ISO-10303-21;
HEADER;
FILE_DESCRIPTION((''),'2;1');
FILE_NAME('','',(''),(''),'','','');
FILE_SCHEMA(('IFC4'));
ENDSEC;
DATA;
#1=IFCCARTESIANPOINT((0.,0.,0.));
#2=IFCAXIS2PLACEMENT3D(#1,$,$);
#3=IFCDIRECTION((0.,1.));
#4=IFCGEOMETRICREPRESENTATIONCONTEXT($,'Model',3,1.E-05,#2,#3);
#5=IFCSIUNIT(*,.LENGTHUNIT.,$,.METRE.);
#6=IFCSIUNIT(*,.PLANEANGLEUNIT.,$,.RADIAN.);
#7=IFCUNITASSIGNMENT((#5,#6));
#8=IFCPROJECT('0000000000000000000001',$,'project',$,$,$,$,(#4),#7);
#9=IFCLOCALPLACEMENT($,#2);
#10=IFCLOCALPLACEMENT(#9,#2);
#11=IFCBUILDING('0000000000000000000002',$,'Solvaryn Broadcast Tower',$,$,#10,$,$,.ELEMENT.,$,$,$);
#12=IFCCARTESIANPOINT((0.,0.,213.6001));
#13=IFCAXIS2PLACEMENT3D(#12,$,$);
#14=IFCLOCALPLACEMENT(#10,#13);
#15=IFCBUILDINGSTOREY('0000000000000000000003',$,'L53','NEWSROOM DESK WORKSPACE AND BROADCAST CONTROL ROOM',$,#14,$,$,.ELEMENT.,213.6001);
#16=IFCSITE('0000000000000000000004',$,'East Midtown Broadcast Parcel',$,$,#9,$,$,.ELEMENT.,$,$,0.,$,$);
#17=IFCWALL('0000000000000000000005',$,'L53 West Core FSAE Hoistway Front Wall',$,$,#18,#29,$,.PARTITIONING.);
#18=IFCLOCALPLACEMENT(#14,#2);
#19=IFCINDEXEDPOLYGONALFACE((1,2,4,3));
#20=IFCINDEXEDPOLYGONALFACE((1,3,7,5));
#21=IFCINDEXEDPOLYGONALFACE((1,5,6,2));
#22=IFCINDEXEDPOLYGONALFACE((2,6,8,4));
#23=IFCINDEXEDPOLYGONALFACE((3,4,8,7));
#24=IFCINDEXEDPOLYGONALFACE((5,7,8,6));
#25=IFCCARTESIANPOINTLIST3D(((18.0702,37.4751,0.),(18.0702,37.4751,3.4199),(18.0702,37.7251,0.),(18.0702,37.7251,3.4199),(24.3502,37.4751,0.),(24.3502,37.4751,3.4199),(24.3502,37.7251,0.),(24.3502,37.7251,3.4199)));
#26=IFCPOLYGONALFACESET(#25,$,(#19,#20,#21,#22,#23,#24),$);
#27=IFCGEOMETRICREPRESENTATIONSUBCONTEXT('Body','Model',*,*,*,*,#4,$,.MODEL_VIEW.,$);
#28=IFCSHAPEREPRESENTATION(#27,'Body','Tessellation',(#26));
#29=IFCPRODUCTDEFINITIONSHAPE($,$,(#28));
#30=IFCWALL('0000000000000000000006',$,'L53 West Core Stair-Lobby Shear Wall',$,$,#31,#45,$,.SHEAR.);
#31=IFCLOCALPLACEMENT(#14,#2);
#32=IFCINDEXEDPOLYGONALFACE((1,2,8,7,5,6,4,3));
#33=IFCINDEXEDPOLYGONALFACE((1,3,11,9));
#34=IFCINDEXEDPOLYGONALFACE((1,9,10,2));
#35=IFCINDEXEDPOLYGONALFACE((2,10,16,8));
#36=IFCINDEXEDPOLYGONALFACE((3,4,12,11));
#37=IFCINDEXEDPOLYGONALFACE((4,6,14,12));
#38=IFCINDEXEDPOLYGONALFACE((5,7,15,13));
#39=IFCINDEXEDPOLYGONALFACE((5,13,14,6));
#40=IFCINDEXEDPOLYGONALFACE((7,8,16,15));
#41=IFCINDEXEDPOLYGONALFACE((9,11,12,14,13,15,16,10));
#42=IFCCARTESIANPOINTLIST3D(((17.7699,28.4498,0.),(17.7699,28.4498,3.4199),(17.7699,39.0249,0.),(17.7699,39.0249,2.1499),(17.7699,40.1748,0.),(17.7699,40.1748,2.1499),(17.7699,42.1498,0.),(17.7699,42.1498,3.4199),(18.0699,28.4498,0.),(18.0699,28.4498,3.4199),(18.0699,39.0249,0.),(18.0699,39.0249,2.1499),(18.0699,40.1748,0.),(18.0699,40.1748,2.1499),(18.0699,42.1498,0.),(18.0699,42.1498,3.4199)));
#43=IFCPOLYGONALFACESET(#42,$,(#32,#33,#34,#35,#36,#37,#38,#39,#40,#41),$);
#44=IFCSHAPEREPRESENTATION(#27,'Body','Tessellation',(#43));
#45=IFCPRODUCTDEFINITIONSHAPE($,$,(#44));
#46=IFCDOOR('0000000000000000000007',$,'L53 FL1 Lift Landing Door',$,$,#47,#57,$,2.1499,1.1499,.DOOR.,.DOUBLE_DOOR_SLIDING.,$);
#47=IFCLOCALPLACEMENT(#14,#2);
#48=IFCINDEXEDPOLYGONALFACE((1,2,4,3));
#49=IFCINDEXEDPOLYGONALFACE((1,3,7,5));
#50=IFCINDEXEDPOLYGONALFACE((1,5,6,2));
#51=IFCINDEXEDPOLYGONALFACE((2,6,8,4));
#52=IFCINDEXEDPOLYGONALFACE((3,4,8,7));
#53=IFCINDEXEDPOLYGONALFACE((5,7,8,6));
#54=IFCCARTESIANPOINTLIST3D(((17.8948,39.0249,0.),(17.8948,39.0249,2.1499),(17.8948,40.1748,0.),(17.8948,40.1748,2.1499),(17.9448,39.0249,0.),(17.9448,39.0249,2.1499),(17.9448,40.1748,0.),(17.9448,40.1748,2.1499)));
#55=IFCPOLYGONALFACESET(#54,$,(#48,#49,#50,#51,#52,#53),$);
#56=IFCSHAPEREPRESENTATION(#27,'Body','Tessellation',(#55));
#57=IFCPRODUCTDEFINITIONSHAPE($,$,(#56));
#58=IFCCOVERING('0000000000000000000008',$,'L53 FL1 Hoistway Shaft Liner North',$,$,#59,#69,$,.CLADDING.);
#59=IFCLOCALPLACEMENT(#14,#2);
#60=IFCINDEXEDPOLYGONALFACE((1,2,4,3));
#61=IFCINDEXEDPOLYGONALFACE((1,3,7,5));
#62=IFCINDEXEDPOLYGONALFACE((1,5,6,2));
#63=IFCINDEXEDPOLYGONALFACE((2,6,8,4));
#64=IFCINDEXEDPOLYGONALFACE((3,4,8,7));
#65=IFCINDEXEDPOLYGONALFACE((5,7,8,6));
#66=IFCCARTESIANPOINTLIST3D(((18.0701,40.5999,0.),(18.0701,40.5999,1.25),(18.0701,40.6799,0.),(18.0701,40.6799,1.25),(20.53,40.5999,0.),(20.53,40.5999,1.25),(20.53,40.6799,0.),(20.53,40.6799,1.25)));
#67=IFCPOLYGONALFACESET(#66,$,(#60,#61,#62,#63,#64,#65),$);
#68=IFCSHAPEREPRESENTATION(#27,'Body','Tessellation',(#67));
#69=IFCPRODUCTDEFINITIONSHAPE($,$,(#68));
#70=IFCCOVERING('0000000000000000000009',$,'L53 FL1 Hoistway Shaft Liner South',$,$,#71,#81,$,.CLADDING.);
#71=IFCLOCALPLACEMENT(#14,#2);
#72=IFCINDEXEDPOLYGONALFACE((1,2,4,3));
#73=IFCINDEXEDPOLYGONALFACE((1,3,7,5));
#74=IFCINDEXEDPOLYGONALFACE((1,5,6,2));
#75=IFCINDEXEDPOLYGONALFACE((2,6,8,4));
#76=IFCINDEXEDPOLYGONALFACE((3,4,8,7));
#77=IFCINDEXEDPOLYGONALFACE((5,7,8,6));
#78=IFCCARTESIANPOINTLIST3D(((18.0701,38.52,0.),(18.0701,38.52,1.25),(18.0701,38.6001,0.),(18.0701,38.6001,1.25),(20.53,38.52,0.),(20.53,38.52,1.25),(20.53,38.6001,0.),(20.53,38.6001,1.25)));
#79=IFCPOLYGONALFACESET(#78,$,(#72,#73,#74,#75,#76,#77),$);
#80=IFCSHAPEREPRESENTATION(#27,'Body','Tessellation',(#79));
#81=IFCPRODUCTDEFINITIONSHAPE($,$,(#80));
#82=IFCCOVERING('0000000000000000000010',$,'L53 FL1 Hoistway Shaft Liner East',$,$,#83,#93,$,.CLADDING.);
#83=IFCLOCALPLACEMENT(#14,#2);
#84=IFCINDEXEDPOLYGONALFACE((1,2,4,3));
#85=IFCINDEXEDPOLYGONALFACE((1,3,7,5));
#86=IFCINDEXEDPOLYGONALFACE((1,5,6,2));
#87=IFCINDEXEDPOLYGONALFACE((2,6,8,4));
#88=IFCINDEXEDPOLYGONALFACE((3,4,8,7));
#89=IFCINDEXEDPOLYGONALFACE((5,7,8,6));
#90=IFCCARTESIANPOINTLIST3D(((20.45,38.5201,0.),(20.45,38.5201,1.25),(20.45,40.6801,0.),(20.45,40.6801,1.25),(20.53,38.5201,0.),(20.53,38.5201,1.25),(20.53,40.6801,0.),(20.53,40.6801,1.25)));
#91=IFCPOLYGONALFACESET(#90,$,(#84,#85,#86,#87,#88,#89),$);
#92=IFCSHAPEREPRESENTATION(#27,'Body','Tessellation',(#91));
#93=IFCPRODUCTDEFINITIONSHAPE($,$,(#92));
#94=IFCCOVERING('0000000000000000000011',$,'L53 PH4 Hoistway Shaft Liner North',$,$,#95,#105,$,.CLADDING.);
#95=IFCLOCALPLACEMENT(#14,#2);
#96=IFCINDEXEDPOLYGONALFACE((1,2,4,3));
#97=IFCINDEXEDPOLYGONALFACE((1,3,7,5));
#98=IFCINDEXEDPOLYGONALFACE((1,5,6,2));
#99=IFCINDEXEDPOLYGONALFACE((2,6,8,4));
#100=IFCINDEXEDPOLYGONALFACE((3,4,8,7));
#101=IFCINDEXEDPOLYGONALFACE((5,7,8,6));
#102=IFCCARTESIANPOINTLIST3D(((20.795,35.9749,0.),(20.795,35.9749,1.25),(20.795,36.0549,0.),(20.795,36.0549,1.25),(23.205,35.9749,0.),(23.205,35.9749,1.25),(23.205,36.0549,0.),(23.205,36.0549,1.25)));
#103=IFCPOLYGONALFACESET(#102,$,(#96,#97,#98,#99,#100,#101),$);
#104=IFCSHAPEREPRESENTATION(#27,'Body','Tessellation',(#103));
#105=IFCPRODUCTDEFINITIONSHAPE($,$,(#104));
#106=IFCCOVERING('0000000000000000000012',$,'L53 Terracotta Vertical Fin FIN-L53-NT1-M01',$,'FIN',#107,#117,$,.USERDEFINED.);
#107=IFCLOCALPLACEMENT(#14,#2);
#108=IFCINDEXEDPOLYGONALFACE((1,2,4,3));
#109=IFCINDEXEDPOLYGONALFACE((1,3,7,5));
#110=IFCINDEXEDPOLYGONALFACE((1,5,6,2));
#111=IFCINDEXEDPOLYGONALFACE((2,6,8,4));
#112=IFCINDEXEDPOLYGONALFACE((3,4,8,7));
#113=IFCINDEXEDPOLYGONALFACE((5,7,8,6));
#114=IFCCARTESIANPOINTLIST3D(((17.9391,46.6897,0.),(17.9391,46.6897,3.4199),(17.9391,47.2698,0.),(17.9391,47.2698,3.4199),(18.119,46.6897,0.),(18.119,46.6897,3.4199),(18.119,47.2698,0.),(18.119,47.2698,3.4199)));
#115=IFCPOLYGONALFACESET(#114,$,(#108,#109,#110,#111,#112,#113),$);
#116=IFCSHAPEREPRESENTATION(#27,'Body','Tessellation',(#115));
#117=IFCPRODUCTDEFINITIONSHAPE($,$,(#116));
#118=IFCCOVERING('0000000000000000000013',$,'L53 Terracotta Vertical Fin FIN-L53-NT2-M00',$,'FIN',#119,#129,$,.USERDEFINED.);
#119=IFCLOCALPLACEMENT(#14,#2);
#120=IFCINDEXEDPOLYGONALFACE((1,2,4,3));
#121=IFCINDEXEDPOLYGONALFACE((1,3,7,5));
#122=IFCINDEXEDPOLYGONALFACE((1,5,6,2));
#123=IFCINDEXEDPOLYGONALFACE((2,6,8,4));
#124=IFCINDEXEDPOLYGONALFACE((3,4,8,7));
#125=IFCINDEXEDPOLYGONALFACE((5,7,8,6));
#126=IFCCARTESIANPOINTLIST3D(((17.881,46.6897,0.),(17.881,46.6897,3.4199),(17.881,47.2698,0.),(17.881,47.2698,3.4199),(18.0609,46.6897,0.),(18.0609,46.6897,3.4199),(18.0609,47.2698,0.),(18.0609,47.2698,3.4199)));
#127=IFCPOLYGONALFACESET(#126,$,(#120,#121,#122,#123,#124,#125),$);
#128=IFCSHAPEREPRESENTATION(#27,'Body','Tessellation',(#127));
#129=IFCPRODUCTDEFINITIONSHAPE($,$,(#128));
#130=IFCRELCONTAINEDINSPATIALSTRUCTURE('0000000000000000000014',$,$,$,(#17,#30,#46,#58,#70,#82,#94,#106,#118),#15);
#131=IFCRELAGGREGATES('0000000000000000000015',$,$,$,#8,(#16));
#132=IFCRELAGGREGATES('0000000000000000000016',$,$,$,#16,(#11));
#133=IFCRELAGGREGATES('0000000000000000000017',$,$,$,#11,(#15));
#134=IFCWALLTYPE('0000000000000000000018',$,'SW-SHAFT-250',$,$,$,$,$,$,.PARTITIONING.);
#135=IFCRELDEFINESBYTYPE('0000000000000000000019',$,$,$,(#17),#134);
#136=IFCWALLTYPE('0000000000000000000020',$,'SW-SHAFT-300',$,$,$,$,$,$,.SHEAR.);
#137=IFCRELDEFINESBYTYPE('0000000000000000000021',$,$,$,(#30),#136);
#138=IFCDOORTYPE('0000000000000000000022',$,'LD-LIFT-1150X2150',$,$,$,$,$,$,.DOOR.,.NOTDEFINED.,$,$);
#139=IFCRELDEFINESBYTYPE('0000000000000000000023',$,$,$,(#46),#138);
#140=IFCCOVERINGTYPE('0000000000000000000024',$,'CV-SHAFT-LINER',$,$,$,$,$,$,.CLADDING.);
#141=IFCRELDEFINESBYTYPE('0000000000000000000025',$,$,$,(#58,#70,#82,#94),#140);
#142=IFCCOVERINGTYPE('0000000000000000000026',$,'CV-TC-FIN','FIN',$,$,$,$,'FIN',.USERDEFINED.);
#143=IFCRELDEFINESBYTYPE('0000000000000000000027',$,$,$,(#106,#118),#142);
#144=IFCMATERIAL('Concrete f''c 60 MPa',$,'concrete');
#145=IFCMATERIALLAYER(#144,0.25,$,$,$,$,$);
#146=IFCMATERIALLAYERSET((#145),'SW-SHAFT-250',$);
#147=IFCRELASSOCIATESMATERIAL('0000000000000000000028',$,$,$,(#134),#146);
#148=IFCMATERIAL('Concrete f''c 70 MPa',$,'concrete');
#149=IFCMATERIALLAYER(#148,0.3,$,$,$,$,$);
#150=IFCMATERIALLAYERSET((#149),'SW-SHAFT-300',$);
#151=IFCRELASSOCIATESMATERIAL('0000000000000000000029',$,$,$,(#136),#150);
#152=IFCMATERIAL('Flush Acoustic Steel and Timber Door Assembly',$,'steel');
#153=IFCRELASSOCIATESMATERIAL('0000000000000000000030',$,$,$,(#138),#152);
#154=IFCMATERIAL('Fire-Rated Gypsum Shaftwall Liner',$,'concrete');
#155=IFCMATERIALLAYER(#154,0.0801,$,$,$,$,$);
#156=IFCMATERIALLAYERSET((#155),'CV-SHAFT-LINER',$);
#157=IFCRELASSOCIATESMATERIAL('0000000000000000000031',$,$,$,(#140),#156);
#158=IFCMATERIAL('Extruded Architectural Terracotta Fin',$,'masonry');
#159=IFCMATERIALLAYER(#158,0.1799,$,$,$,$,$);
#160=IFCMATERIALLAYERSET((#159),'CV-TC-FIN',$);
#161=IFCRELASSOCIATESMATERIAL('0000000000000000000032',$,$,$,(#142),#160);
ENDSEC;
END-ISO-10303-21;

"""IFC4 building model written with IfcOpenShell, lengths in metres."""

from ifc_helpers import new_model, si_unit, direction, frame, frame_2d, origin, origin_2d, place, context, subcontext, project, spatial, rectangle, extrude, material, layer, layer_set, type_object, element, fill, save


model = new_model("IFC4")

# Units and contexts
model_context = context("Model", 3, precision=1e-05, world=origin(), true_north=direction((0.0, 1.0)))
body_context = subcontext(model_context, "Body", "Model", "MODEL_VIEW")
ifc_project = project(units=[si_unit("LENGTHUNIT", "METRE"), si_unit("PLANEANGLEUNIT", "RADIAN")], contexts=[model_context])

# Site, building, storey
site_placement = place(None, origin())
site = spatial("IfcSite", under=ifc_project, at=site_placement, Name="East Midtown Broadcast Parcel", CompositionType="ELEMENT", RefElevation=0.0)
building_placement = place(site_placement, origin())
building = spatial("IfcBuilding", under=site, at=building_placement, Name="Solvaryn Broadcast Tower", CompositionType="ELEMENT")
storey_placement = place(building_placement, frame((0.0, 0.0, 213.6001)))
storey = spatial("IfcBuildingStorey", under=building, at=storey_placement, Name="L53", Description="NEWSROOM DESK WORKSPACE AND BROADCAST CONTROL ROOM", CompositionType="ELEMENT", Elevation=213.6001)

# Wall
ifc_material_1 = material(Name="Concrete f'c 60 MPa", Category="concrete")
ifc_layer_1 = layer(ifc_material_1, 0.25)
ifc_layer_set_1 = layer_set([ifc_layer_1], Name="SW-SHAFT-250")
wall_type_1 = type_object("IfcWallType", Name="SW-SHAFT-250", PredefinedType="PARTITIONING", material=ifc_layer_set_1)
wall_1_placement = place(storey_placement, frame((18.0701, 37.6001, 0.0), z_axis=(0.0, 0.0, 1.0), x_axis=(1.0, 0.0, 0.0)))
element("IfcWall", 1, at=wall_1_placement, inside=storey, type_object=wall_type_1, Name="L53 West Core FSAE Hoistway Front Wall", PredefinedType="PARTITIONING", context=body_context, shape_type="SweptSolid", body=[
    extrude(rectangle(XDim=6.28, YDim=0.25, at=frame_2d((3.1401, 0.0))), origin(), (0.0, 0.0, 1.0), 3.4199),
])

# Wall, opening, door
ifc_material_2 = material(Name="Concrete f'c 70 MPa", Category="concrete")
ifc_layer_2 = layer(ifc_material_2, 0.3)
ifc_layer_set_2 = layer_set([ifc_layer_2], Name="SW-SHAFT-300")
wall_type_2 = type_object("IfcWallType", Name="SW-SHAFT-300", PredefinedType="SHEAR", material=ifc_layer_set_2)
wall_2_placement = place(storey_placement, frame((17.9199, 42.1499, 0.0), z_axis=(0.0, 0.0, 1.0), x_axis=(0.0, -1.0, 0.0)))
wall_2 = element("IfcWall", 2, at=wall_2_placement, inside=storey, type_object=wall_type_2, Name="L53 West Core Stair-Lobby Shear Wall", PredefinedType="SHEAR", context=body_context, shape_type="SweptSolid", body=[
    extrude(rectangle(XDim=13.7, YDim=0.3, at=frame_2d((6.8501, 0.0))), origin(), (0.0, 0.0, 1.0), 3.4199),
])
opening_1_placement = place(wall_2_placement, frame((1.9751, 0.0, 0.0)))
opening_1 = element("IfcOpeningElement", 3, at=opening_1_placement, cuts=wall_2, PredefinedType="OPENING", context=body_context, shape_type="SweptSolid", body=[
    extrude(rectangle(XDim=1.1499, YDim=2.1499, at=frame_2d((0.575, 1.075))), frame((0.0, 0.1599, 0.0), z_axis=(0.0, -1.0, 0.0), x_axis=(1.0, 0.0, 0.0)), (0.0, 0.0, 1.0), 0.3201),
])
ifc_material_3 = material(Name="Flush Acoustic Steel and Timber Door Assembly", Category="steel")
door_type_1 = type_object("IfcDoorType", Name="LD-LIFT-1150X2150", OperationType="NOTDEFINED", PredefinedType="DOOR", material=ifc_material_3)
door_1_placement = place(opening_1_placement, origin())
door_1 = element("IfcDoor", 4, at=door_1_placement, inside=storey, type_object=door_type_1, Name="L53 FL1 Lift Landing Door", OperationType="DOUBLE_DOOR_SLIDING", OverallHeight=2.1499, OverallWidth=1.1499, PredefinedType="DOOR", context=body_context, shape_type="SweptSolid", body=[
    extrude(rectangle(XDim=1.1499, YDim=2.1499, at=frame_2d((0.575, 1.075))), frame((0.0, 0.0249, 0.0), z_axis=(0.0, -1.0, 0.0), x_axis=(1.0, 0.0, 0.0)), (0.0, 0.0, 1.0), 0.05),
])
fill(opening_1, door_1)

# Coverings
ifc_material_4 = material(Name="Fire-Rated Gypsum Shaftwall Liner", Category="concrete")
ifc_layer_3 = layer(ifc_material_4, 0.0801)
ifc_layer_set_3 = layer_set([ifc_layer_3], Name="CV-SHAFT-LINER")
covering_type_1 = type_object("IfcCoveringType", Name="CV-SHAFT-LINER", PredefinedType="CLADDING", material=ifc_layer_set_3)
for number, where, z_axis, x_axis, name in (
    (5, (19.3, 40.6399, 0.0), (0.0, 0.0, 1.0), (1.0, 0.0, 0.0), "L53 FL1 Hoistway Shaft Liner North"),
    (6, (19.3, 38.5601, 0.0), (0.0, 0.0, 1.0), (1.0, 0.0, 0.0), "L53 FL1 Hoistway Shaft Liner South"),
):
    element("IfcCovering", number, at=place(storey_placement, frame(where, z_axis=z_axis, x_axis=x_axis)), inside=storey, type_object=covering_type_1, Name=name, PredefinedType="CLADDING", context=body_context, shape_type="SweptSolid", body=[
        extrude(rectangle(XDim=2.46, YDim=0.0801, at=origin_2d()), origin(), (0.0, 0.0, 1.0), 1.25),
    ])
covering_1_placement = place(storey_placement, frame((20.49, 39.6001, 0.0), z_axis=(0.0, 0.0, 1.0), x_axis=(1.0, 0.0, 0.0)))
element("IfcCovering", 7, at=covering_1_placement, inside=storey, type_object=covering_type_1, Name="L53 FL1 Hoistway Shaft Liner East", PredefinedType="CLADDING", context=body_context, shape_type="SweptSolid", body=[
    extrude(rectangle(XDim=0.0801, YDim=2.1599, at=origin_2d()), origin(), (0.0, 0.0, 1.0), 1.25),
])
covering_2_placement = place(storey_placement, frame((22.0, 36.0149, 0.0), z_axis=(0.0, 0.0, 1.0), x_axis=(1.0, 0.0, 0.0)))
element("IfcCovering", 8, at=covering_2_placement, inside=storey, type_object=covering_type_1, Name="L53 PH4 Hoistway Shaft Liner North", PredefinedType="CLADDING", context=body_context, shape_type="SweptSolid", body=[
    extrude(rectangle(XDim=2.4099, YDim=0.0801, at=origin_2d()), origin(), (0.0, 0.0, 1.0), 1.25),
])
ifc_material_5 = material(Name="Extruded Architectural Terracotta Fin", Category="masonry")
ifc_layer_4 = layer(ifc_material_5, 0.1799)
ifc_layer_set_4 = layer_set([ifc_layer_4], Name="CV-TC-FIN")
covering_type_2 = type_object("IfcCoveringType", Name="CV-TC-FIN", Description="FIN", ElementType="FIN", PredefinedType="USERDEFINED", material=ifc_layer_set_4)
for number, where, z_axis, x_axis, name in (
    (9, (18.0291, 46.9797, 0.0), (0.0, 0.0, 1.0), (1.0, 0.0, 0.0), "L53 Terracotta Vertical Fin FIN-L53-NT1-M01"),
    (10, (17.9709, 46.9797, 0.0), (0.0, 0.0, 1.0), (1.0, 0.0, 0.0), "L53 Terracotta Vertical Fin FIN-L53-NT2-M00"),
):
    element("IfcCovering", number, at=place(storey_placement, frame(where, z_axis=z_axis, x_axis=x_axis)), inside=storey, type_object=covering_type_2, Name=name, ObjectType="FIN", PredefinedType="USERDEFINED", context=body_context, shape_type="SweptSolid", body=[
        extrude(rectangle(XDim=0.1799, YDim=0.5801, at=origin_2d()), origin(), (0.0, 0.0, 1.0), 3.4199),
    ])

save(model, "model.ifc")
